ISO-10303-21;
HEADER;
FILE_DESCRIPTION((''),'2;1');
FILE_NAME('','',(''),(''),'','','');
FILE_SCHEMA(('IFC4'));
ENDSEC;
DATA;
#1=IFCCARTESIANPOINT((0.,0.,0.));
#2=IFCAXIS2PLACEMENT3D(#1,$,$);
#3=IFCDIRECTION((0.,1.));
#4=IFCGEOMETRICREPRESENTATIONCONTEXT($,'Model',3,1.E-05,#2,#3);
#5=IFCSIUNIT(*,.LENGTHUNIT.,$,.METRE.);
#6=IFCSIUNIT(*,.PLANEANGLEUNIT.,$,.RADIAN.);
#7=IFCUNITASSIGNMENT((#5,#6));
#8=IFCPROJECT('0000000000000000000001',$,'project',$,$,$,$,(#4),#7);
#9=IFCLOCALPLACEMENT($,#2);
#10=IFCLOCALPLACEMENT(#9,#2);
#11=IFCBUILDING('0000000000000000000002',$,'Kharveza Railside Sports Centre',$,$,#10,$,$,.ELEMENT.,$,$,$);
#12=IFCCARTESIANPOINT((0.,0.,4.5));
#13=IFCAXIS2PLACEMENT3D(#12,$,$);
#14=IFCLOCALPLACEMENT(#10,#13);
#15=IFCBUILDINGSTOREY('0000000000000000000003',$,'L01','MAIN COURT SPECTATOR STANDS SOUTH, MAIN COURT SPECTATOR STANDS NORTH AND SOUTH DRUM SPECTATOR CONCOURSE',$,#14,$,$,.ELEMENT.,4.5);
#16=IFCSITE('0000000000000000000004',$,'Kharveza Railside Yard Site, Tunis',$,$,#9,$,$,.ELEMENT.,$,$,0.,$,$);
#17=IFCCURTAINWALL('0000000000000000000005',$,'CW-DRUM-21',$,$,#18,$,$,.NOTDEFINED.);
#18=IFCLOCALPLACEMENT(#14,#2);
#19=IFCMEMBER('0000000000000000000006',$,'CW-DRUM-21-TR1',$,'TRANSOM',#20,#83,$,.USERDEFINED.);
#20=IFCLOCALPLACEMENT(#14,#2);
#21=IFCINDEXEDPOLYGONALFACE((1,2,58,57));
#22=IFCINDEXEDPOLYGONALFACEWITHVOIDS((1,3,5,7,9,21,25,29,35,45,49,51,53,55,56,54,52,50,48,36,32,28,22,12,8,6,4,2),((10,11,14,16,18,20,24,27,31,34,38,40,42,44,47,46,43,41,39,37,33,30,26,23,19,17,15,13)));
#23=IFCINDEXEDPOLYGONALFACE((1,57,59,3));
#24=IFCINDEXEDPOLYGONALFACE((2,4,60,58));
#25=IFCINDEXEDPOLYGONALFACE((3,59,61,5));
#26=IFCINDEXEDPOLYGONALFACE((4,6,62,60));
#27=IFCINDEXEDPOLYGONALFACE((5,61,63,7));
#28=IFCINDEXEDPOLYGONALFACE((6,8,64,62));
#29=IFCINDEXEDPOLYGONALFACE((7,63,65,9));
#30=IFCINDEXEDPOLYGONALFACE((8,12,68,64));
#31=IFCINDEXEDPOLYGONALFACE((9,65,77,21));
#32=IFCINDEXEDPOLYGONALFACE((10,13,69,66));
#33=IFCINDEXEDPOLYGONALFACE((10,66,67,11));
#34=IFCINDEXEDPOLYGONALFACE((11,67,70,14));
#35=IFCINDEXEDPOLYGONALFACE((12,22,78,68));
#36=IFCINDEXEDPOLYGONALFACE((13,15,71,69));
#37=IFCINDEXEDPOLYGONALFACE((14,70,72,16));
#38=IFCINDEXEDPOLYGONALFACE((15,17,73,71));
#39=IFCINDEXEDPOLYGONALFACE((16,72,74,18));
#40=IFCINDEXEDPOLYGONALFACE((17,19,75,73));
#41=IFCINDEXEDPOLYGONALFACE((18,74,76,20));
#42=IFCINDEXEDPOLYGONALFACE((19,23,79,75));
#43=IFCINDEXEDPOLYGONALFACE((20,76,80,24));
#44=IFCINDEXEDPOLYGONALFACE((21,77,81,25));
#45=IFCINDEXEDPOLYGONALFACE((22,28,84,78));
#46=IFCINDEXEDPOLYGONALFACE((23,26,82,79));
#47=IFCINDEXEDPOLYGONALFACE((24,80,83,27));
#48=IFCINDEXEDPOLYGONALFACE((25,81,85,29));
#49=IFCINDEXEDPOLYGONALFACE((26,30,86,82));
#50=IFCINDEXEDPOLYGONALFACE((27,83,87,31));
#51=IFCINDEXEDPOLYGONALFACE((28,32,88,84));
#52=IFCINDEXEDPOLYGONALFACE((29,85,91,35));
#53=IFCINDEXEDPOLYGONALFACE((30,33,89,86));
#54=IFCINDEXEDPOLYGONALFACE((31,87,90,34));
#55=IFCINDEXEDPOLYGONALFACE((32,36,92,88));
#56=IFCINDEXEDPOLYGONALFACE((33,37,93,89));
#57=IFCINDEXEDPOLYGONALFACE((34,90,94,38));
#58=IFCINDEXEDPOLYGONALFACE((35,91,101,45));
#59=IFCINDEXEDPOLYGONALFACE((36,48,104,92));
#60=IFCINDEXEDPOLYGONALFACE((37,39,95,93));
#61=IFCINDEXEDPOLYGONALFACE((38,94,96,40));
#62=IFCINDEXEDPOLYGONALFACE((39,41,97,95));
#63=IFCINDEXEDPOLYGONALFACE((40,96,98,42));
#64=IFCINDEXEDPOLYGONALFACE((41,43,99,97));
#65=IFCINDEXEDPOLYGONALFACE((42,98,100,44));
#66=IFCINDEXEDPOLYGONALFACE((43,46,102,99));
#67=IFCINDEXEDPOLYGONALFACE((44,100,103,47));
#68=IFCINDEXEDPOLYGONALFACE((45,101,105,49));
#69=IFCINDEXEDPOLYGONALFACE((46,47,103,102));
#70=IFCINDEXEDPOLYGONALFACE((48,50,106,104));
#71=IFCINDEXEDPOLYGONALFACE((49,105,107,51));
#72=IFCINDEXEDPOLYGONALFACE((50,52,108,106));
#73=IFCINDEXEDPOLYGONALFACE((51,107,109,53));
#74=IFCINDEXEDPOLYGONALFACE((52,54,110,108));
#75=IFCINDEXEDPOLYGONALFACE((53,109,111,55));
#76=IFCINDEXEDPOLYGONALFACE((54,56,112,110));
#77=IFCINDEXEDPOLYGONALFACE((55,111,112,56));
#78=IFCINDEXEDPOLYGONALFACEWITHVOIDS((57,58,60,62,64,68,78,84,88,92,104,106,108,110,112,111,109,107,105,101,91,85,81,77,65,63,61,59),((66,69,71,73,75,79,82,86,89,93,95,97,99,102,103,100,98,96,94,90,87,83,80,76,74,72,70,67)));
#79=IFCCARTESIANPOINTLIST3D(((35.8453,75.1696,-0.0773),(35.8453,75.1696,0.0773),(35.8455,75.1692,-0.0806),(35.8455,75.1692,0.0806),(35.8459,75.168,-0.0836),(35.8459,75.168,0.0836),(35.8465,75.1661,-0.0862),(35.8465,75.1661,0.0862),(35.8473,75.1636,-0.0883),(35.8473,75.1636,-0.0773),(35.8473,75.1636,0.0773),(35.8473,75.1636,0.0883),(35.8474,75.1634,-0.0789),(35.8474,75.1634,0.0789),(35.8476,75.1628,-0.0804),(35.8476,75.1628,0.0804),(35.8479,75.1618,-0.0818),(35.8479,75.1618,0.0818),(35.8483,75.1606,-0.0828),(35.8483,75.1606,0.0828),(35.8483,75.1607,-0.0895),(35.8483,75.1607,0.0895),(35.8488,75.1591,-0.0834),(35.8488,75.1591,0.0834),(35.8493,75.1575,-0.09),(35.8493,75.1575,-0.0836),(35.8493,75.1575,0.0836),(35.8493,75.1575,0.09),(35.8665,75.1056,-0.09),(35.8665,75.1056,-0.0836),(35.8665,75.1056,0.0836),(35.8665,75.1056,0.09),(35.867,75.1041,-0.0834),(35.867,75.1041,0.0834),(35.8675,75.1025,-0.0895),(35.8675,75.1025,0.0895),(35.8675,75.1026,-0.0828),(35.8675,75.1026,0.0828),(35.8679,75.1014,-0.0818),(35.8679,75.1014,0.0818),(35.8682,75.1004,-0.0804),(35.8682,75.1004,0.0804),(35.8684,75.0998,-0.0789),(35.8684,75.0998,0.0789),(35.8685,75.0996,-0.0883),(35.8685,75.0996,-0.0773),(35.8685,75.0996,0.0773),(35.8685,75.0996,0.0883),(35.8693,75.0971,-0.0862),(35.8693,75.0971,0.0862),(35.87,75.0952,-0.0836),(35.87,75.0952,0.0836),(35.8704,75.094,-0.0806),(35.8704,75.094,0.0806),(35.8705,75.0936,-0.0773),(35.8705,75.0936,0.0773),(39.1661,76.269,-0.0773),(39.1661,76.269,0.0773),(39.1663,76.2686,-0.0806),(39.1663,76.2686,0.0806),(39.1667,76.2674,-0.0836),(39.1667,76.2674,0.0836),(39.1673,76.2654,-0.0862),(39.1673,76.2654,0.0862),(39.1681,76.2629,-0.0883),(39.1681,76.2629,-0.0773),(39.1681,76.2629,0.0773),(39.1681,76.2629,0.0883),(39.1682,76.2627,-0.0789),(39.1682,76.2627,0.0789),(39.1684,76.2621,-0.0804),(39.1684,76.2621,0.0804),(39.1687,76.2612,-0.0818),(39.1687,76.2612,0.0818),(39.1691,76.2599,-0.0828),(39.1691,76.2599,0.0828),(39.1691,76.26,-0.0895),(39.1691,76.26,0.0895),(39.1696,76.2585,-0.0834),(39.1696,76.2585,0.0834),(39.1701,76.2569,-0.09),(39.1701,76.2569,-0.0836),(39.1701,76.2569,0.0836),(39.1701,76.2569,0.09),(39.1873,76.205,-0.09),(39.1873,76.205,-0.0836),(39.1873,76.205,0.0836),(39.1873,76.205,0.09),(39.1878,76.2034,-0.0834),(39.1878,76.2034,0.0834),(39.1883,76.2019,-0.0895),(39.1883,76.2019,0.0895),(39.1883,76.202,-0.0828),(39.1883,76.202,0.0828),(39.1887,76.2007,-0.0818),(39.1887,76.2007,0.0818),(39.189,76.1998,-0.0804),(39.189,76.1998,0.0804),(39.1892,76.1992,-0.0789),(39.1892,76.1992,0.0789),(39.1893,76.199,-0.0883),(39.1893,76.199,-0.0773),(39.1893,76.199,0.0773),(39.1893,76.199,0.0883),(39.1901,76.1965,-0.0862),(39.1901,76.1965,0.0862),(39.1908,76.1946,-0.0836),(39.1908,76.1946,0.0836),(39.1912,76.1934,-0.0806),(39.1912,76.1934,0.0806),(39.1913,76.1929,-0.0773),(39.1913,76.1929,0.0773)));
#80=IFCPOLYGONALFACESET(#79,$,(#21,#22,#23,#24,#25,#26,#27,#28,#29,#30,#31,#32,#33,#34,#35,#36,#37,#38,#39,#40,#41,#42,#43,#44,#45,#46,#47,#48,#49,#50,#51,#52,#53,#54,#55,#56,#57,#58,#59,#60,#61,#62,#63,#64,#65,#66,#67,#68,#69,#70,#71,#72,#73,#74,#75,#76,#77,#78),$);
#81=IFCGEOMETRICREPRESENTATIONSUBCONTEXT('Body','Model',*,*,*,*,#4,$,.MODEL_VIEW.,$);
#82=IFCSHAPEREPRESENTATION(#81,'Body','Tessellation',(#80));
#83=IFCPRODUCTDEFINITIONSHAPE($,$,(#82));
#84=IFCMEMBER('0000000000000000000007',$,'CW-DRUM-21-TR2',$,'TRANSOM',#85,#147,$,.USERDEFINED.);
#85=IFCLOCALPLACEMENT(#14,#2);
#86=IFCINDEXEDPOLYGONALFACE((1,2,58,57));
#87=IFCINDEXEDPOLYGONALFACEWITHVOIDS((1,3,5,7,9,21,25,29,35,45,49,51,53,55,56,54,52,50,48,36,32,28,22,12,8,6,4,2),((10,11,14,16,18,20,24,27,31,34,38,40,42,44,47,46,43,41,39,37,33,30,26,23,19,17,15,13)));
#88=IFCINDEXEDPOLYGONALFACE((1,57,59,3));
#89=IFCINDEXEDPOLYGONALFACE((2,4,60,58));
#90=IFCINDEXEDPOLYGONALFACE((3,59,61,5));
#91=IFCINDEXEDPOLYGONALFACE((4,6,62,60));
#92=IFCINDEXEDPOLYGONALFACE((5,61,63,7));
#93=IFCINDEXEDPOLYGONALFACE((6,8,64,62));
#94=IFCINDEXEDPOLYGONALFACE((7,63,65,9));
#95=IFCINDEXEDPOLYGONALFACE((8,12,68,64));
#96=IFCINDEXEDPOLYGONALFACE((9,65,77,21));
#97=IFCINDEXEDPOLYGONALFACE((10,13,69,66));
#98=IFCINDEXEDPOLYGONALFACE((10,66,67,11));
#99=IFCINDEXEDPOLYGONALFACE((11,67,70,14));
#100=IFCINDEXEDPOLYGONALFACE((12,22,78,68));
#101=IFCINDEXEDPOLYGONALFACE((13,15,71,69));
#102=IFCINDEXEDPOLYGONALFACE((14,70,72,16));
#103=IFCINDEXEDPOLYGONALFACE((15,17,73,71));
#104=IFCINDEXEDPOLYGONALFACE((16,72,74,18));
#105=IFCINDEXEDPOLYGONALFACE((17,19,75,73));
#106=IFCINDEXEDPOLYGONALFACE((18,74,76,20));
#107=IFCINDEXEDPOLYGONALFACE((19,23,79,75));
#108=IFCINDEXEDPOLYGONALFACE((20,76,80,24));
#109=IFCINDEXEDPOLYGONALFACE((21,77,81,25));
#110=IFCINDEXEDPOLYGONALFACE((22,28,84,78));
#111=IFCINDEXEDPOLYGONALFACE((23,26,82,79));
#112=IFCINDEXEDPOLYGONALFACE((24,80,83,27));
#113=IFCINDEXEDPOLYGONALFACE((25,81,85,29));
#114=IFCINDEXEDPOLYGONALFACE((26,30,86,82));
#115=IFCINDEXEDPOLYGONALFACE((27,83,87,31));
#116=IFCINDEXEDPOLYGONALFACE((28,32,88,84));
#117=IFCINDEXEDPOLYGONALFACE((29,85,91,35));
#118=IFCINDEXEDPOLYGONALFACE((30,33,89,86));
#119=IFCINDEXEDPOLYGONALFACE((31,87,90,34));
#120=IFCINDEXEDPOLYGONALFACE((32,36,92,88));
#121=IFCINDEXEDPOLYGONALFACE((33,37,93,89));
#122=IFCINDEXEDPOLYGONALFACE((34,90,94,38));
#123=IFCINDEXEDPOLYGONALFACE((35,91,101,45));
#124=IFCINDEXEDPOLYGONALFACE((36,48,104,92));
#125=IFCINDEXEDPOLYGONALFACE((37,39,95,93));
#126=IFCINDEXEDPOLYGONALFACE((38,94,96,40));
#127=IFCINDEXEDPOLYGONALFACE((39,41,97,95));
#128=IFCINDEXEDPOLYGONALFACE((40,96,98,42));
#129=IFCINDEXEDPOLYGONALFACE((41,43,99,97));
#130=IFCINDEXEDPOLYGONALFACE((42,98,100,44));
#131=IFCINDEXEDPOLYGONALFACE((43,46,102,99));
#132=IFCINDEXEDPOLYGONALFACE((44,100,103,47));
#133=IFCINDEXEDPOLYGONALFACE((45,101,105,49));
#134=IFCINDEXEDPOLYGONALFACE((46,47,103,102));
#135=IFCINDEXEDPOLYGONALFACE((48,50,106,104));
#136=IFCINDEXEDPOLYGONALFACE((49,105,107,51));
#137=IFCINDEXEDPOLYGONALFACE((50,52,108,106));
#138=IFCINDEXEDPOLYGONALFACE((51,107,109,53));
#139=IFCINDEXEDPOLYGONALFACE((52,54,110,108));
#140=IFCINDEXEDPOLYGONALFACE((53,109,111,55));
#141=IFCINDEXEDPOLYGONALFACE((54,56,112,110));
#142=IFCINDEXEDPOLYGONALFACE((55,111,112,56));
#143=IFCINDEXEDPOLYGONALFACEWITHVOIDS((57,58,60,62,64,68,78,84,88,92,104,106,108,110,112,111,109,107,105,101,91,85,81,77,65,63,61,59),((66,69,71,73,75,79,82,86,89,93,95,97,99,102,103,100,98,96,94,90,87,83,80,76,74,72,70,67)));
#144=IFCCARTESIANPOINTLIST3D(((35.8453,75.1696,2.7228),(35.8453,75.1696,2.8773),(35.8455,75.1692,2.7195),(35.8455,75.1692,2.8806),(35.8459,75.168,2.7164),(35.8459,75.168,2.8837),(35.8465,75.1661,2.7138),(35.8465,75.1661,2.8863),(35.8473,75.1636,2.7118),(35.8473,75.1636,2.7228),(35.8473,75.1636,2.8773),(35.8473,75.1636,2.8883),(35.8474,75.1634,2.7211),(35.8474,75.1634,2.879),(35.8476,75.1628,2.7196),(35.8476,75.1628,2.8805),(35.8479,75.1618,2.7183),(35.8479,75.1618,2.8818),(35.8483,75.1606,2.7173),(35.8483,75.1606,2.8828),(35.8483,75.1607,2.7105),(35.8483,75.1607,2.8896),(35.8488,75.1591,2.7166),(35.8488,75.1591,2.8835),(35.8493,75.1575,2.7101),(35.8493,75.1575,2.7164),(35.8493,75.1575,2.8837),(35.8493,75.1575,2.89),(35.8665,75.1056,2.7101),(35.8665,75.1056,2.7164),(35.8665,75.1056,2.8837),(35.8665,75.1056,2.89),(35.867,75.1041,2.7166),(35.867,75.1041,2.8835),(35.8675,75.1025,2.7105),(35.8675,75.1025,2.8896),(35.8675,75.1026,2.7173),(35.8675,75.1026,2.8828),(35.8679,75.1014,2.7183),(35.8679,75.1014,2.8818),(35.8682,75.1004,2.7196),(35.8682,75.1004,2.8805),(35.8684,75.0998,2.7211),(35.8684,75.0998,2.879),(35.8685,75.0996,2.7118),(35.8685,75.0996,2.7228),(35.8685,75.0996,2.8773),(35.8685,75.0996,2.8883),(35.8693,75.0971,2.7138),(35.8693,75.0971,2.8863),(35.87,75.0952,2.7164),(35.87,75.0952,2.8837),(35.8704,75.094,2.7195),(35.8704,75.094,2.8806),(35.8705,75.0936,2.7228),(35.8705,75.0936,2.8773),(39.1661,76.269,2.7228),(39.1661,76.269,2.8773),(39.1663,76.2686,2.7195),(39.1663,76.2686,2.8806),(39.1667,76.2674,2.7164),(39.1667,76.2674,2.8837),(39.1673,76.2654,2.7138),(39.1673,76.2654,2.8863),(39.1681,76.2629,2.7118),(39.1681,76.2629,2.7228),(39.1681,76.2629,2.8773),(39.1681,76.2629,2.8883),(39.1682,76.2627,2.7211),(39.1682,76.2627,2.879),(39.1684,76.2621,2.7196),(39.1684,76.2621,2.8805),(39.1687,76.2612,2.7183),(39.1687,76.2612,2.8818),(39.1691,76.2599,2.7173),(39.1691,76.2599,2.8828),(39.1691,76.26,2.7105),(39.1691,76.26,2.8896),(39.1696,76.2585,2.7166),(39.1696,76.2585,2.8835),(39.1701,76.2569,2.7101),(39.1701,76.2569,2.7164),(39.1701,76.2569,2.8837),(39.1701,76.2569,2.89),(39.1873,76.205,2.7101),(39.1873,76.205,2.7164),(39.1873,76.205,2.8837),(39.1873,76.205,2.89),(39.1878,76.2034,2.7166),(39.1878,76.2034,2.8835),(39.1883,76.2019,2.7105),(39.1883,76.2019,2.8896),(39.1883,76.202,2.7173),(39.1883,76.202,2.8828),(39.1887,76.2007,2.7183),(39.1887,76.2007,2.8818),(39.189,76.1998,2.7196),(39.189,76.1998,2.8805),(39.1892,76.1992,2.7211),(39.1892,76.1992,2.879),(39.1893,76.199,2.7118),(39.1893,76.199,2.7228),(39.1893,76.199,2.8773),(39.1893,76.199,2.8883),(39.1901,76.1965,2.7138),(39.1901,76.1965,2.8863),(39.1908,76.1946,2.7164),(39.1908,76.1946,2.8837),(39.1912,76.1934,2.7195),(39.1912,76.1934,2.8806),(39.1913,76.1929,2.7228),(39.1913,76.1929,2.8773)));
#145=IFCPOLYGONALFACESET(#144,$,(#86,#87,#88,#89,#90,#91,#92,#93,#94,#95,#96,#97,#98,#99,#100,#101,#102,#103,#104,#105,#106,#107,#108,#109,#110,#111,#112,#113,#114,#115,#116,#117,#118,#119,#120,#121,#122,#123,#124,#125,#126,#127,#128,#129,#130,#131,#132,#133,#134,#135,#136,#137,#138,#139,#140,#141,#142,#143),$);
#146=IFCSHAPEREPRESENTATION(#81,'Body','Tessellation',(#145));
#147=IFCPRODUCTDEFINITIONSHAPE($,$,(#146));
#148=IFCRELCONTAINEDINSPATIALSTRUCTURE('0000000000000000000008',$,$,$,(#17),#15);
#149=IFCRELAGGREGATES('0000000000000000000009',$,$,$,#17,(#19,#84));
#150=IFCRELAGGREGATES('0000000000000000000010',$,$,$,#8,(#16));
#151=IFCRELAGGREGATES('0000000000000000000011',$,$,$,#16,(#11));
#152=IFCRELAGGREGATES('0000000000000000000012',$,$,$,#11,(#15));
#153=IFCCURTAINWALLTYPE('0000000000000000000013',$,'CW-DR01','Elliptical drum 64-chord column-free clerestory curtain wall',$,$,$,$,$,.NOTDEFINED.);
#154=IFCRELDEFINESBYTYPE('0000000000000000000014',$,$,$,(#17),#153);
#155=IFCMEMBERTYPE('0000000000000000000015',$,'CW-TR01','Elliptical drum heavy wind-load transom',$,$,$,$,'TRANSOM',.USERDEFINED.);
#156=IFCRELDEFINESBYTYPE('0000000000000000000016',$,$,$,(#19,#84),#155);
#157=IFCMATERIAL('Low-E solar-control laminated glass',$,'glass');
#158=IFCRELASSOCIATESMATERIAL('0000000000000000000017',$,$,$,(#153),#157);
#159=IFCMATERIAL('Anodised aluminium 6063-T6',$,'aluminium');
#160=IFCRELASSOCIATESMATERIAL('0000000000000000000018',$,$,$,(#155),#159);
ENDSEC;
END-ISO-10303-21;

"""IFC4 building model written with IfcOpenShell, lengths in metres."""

from ifc_helpers import new_model, si_unit, direction, frame, origin, origin_2d, place, context, subcontext, project, spatial, hollow_rectangle, extrude, material, material_profile, profile_set, type_object, element, aggregate, save


model = new_model("IFC4")

# Units and contexts
model_context = context("Model", 3, precision=1e-05, world=origin(), true_north=direction((0.0, 1.0)))
body_context = subcontext(model_context, "Body", "Model", "MODEL_VIEW")
ifc_project = project(units=[si_unit("LENGTHUNIT", "METRE"), si_unit("PLANEANGLEUNIT", "RADIAN")], contexts=[model_context])

# Site, building, storey
site_placement = place(None, origin())
site = spatial("IfcSite", under=ifc_project, at=site_placement, Name="Kharveza Railside Yard Site, Tunis", CompositionType="ELEMENT", RefElevation=0.0)
building_placement = place(site_placement, origin())
building = spatial("IfcBuilding", under=site, at=building_placement, Name="Kharveza Railside Sports Centre", CompositionType="ELEMENT")
storey_placement = place(building_placement, frame((0.0, 0.0, 4.5)))
storey = spatial("IfcBuildingStorey", under=building, at=storey_placement, Name="L01", Description="MAIN COURT SPECTATOR STANDS SOUTH, MAIN COURT SPECTATOR STANDS NORTH AND SOUTH DRUM SPECTATOR CONCOURSE", CompositionType="ELEMENT", Elevation=4.5)

# Curtain wall, members
ifc_material_1 = material(Name="Low-E solar-control laminated glass", Category="glass")
curtain_wall_type = type_object("IfcCurtainWallType", Name="CW-DR01", Description="Elliptical drum 64-chord column-free clerestory curtain wall", PredefinedType="NOTDEFINED", material=ifc_material_1)
ifc_material_2 = material(Name="Anodised aluminium 6063-T6", Category="aluminium")
ifc_material_profile_1 = material_profile(ifc_material_2, hollow_rectangle(XDim=0.0801, YDim=0.1799, WallThickness=0.0063, InnerFilletRadius=0.0063, OuterFilletRadius=0.0127, at=origin_2d()), Name="RHS 80x180x6.3")
ifc_profile_set_1 = profile_set([ifc_material_profile_1], Name="Anodised aluminium 6063-T6")
member_type_1 = type_object("IfcMemberType", Name="CW-TR01", Description="Elliptical drum heavy wind-load transom", ElementType="TRANSOM", PredefinedType="USERDEFINED", material=ifc_profile_set_1)
curtain_wall_1_placement = place(storey_placement, origin())
curtain_wall_1 = element("IfcCurtainWall", 1, at=curtain_wall_1_placement, inside=storey, type_object=curtain_wall_type, Name="CW-DRUM-21", PredefinedType="NOTDEFINED")
member_1_placement = place(storey_placement, frame((39.1787, 76.231, 0.0), z_axis=(-0.94933, -0.31428, 0.0), x_axis=(0.31428, -0.94933, 0.0)))
member_1 = element("IfcMember", 2, at=member_1_placement, type_object=member_type_1, Name="CW-DRUM-21-TR1", ObjectType="TRANSOM", PredefinedType="USERDEFINED", context=body_context, shape_type="SweptSolid", body=[
    extrude(hollow_rectangle(XDim=0.0801, YDim=0.1799, WallThickness=0.0063, InnerFilletRadius=0.0063, OuterFilletRadius=0.0127, at=origin_2d()), origin(), (0.0, 0.0, 1.0), 3.498),
])
member_2_placement = place(storey_placement, frame((39.1787, 76.231, 2.8), z_axis=(-0.94933, -0.31428, 0.0), x_axis=(0.31428, -0.94933, 0.0)))
member_2 = element("IfcMember", 3, at=member_2_placement, type_object=member_type_1, Name="CW-DRUM-21-TR2", ObjectType="TRANSOM", PredefinedType="USERDEFINED", context=body_context, shape_type="SweptSolid", body=[
    extrude(hollow_rectangle(XDim=0.0801, YDim=0.1799, WallThickness=0.0063, InnerFilletRadius=0.0063, OuterFilletRadius=0.0127, at=origin_2d()), origin(), (0.0, 0.0, 1.0), 3.498),
])
aggregate(curtain_wall_1, [member_1, member_2])

save(model, "model.ifc")
